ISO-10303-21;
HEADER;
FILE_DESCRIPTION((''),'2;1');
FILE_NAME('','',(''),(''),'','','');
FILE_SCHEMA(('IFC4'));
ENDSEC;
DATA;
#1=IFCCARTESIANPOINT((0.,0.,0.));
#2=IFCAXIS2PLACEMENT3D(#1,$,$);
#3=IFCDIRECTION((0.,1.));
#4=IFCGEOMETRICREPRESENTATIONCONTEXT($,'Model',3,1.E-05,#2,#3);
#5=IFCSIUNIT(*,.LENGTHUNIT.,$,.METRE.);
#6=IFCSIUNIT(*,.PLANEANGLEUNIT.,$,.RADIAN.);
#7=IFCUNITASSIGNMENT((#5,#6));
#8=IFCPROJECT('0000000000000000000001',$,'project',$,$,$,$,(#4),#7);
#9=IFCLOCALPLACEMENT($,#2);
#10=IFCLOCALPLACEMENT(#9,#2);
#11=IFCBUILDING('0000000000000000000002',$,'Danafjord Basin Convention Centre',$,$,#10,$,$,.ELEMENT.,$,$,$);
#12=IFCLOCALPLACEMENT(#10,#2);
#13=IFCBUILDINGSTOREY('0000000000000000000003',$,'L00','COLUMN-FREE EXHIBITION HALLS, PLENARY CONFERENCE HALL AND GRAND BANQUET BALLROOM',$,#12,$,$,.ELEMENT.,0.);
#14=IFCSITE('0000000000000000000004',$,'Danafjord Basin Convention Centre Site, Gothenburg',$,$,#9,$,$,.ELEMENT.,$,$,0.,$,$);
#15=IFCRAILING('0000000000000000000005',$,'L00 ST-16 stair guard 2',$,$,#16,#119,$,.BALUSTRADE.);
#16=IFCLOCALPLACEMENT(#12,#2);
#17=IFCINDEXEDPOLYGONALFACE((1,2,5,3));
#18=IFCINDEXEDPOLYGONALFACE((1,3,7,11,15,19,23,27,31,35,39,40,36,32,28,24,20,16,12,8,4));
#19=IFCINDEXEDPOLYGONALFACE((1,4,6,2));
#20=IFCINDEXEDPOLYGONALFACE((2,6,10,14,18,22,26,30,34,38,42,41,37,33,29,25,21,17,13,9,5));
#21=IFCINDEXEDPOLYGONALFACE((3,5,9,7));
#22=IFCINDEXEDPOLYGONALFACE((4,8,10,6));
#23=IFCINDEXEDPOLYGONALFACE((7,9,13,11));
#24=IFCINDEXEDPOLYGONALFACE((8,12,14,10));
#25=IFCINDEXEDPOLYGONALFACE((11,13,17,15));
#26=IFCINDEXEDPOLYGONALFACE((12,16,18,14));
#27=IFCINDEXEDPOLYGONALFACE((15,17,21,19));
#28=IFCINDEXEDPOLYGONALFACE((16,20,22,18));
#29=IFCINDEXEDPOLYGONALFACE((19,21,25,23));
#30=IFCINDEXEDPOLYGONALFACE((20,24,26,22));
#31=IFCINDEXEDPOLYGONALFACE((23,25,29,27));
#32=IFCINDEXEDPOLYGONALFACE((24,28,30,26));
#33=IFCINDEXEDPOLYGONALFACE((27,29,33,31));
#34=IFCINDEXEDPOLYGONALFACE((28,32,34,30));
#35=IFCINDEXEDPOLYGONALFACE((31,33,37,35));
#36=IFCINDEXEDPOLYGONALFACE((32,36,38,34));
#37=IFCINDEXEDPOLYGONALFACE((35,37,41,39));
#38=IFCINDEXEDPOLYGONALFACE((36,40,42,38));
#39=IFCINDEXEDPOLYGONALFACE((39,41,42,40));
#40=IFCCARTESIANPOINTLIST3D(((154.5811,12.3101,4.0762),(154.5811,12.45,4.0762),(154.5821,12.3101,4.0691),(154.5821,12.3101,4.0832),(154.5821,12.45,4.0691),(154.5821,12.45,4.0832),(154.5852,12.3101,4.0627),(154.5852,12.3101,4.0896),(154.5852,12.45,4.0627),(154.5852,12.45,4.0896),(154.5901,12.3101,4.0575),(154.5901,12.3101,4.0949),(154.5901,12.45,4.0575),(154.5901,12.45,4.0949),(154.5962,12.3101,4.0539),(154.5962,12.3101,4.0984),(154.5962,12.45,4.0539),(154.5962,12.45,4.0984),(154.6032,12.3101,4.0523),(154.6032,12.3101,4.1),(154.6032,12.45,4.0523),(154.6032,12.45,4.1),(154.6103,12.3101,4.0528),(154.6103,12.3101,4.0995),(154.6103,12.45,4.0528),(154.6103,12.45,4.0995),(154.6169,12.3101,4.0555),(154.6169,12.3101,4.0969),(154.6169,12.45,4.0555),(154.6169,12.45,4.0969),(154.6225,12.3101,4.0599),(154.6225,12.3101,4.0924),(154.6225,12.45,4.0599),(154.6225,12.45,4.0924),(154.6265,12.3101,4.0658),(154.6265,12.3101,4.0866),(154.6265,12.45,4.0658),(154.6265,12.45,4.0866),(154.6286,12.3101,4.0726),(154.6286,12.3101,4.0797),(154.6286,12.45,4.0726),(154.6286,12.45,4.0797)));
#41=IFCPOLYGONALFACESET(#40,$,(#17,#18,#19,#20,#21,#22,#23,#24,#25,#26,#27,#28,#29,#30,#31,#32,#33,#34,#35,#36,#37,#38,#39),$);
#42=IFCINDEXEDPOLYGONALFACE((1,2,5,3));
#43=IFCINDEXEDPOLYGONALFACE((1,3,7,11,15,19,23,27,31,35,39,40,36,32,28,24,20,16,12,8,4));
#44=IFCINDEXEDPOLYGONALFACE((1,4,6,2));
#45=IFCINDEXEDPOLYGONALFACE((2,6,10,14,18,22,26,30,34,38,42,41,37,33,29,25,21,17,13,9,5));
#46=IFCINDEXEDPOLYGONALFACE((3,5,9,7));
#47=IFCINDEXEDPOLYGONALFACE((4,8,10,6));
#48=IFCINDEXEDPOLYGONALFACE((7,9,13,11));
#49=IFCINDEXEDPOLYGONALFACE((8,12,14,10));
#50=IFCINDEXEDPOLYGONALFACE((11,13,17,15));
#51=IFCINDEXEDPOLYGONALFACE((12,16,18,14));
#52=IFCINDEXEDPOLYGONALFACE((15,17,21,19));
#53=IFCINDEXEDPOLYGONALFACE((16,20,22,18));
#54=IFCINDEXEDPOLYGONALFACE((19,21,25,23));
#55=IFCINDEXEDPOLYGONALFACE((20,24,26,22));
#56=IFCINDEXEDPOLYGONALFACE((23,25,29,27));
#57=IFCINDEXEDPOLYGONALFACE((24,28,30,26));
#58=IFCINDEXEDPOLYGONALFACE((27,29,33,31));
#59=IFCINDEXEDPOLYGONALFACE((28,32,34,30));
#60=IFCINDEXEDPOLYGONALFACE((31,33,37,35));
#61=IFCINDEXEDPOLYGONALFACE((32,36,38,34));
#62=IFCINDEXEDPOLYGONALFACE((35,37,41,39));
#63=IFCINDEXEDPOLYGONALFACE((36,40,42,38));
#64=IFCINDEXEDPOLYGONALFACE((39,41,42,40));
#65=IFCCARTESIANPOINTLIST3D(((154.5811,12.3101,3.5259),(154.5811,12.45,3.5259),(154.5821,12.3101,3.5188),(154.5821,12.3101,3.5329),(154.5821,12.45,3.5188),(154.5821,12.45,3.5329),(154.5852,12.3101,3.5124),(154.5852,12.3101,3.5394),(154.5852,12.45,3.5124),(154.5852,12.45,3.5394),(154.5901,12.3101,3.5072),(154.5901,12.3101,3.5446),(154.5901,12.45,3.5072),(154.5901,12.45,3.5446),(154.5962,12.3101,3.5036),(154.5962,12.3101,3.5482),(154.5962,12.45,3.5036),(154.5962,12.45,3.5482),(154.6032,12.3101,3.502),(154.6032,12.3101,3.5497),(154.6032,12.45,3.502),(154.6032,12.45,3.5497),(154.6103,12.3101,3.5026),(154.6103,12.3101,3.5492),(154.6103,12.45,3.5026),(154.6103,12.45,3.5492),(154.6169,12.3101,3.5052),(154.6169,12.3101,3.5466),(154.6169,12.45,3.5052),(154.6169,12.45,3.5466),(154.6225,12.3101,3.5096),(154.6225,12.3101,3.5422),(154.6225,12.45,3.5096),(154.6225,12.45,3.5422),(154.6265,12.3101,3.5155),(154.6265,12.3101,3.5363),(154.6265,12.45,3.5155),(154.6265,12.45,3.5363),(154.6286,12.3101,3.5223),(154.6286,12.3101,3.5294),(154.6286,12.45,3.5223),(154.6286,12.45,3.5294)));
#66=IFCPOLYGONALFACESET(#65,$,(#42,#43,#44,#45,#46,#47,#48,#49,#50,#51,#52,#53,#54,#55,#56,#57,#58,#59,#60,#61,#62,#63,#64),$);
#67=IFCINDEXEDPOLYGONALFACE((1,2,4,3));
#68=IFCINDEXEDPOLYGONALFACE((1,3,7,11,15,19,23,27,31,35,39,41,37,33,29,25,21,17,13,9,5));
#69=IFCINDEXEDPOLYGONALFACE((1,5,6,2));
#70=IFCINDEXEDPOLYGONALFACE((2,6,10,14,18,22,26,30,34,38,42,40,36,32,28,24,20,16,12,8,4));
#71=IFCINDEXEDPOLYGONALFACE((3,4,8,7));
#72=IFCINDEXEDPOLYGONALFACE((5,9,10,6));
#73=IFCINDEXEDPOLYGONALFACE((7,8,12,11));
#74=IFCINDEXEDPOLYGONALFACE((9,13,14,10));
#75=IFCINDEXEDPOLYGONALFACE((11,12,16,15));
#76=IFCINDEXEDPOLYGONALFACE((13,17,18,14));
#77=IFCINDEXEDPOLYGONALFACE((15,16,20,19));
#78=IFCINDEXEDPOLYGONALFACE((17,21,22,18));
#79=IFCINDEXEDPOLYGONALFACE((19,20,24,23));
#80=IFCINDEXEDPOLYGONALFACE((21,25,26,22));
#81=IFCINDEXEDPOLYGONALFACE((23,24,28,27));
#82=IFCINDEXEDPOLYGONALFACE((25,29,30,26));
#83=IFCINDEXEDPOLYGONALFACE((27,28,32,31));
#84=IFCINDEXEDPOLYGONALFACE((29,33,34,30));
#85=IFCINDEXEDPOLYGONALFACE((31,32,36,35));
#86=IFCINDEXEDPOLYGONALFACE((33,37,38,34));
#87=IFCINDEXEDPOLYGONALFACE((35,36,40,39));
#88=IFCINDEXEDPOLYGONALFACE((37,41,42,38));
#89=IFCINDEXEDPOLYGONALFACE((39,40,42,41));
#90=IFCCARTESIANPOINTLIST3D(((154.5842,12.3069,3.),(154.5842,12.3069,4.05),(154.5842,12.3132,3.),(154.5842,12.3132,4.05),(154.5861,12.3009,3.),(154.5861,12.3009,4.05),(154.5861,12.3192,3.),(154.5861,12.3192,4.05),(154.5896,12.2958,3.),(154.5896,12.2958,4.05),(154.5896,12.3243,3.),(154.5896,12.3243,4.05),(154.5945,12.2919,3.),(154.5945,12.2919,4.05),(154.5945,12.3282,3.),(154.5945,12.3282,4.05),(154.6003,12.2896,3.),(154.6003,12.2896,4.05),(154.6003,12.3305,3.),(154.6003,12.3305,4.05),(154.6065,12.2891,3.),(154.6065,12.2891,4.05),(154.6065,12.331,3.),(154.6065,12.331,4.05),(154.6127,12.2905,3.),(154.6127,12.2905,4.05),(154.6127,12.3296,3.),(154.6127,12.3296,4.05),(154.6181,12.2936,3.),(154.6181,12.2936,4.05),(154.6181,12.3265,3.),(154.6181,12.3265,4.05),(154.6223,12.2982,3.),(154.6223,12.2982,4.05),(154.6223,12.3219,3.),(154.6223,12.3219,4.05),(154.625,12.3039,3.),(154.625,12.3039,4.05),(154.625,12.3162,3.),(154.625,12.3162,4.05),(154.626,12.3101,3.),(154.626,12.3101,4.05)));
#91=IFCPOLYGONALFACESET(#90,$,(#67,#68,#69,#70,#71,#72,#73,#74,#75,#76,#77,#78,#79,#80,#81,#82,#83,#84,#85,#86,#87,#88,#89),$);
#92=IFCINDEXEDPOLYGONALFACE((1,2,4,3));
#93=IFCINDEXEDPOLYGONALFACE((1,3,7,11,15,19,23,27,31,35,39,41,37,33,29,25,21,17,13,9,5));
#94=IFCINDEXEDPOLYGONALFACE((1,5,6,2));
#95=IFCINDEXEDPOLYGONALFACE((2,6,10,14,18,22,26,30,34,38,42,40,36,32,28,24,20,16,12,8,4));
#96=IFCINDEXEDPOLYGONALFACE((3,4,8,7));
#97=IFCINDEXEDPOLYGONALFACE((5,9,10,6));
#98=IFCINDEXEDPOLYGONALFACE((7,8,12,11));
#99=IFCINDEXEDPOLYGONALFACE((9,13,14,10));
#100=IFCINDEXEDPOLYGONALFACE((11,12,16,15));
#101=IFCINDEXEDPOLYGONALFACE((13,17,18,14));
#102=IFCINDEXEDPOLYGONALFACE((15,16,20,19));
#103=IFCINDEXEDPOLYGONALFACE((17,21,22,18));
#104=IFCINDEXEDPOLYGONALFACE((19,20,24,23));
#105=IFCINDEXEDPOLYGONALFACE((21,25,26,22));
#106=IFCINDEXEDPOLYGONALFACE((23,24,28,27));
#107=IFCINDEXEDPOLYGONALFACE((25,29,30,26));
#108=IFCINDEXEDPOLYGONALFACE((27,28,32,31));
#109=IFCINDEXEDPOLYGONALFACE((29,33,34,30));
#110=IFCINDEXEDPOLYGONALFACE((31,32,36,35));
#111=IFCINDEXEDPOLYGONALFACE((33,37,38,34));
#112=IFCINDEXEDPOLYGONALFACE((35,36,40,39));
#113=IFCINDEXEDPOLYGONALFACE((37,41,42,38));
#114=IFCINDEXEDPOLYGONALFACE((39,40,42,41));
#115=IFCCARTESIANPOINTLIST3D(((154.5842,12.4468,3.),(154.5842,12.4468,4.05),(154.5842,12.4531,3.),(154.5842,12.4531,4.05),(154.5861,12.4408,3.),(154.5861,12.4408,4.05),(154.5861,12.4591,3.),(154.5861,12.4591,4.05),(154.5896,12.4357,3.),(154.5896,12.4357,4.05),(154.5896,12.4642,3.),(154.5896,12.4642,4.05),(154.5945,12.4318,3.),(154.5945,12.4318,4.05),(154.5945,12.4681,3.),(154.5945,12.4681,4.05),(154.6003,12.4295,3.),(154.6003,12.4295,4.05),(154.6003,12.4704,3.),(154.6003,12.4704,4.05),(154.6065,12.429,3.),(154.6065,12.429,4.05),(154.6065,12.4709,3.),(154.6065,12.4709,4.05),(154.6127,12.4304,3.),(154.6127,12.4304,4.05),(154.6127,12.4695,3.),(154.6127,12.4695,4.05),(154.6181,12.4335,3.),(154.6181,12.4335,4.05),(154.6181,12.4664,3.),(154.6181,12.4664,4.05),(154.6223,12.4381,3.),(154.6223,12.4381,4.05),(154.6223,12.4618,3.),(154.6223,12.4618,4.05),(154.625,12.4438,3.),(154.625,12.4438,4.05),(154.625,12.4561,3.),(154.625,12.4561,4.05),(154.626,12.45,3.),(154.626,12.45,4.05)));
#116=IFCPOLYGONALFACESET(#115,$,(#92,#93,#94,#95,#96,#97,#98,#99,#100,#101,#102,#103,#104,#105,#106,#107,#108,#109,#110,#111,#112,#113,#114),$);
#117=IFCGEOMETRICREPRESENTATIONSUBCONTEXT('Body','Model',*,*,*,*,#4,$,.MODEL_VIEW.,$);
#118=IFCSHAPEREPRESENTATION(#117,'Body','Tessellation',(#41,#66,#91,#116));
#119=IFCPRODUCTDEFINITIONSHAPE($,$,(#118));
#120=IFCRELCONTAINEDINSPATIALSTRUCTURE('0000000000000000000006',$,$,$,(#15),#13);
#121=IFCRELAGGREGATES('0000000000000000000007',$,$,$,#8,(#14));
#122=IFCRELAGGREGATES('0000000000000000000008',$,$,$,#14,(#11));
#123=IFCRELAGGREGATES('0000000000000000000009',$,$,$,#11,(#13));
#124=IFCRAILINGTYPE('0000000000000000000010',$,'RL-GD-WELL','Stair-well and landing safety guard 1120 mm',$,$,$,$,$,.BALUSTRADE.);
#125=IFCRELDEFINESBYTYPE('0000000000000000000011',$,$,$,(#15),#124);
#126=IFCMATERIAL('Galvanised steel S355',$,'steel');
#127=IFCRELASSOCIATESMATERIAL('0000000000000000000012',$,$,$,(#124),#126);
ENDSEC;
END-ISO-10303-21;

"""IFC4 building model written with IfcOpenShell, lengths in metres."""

from ifc_helpers import new_model, si_unit, direction, frame, origin, origin_2d, place, context, subcontext, project, spatial, circle, extrude, material, type_object, element, save


model = new_model("IFC4")

# Units and contexts
model_context = context("Model", 3, precision=1e-05, world=origin(), true_north=direction((0.0, 1.0)))
body_context = subcontext(model_context, "Body", "Model", "MODEL_VIEW")
ifc_project = project(units=[si_unit("LENGTHUNIT", "METRE"), si_unit("PLANEANGLEUNIT", "RADIAN")], contexts=[model_context])

# Site, building, storey
site_placement = place(None, origin())
site = spatial("IfcSite", under=ifc_project, at=site_placement, Name="Danafjord Basin Convention Centre Site, Gothenburg", CompositionType="ELEMENT", RefElevation=0.0)
building_placement = place(site_placement, origin())
building = spatial("IfcBuilding", under=site, at=building_placement, Name="Danafjord Basin Convention Centre", CompositionType="ELEMENT")
storey_placement = place(building_placement, origin())
storey = spatial("IfcBuildingStorey", under=building, at=storey_placement, Name="L00", Description="COLUMN-FREE EXHIBITION HALLS, PLENARY CONFERENCE HALL AND GRAND BANQUET BALLROOM", CompositionType="ELEMENT", Elevation=0.0)

# Railing
ifc_material_1 = material(Name="Galvanised steel S355", Category="steel")
railing_type_1 = type_object("IfcRailingType", Name="RL-GD-WELL", Description="Stair-well and landing safety guard 1120 mm", PredefinedType="BALUSTRADE", material=ifc_material_1)
railing_1_placement = place(storey_placement, frame((154.605, 12.3101, 3.0)))
element("IfcRailing", 1, at=railing_1_placement, inside=storey, type_object=railing_type_1, Name="L00 ST-16 stair guard 2", PredefinedType="BALUSTRADE", context=body_context, shape_type="SweptSolid", body=[
    extrude(circle(Radius=0.0239, at=origin_2d()), frame((0.0, 0.0, 1.0762), z_axis=(0.0, 1.0, 0.0), x_axis=(-1.0, 0.0, 0.0)), (0.0, 0.0, 1.0), 0.1399),
    extrude(circle(Radius=0.0239, at=origin_2d()), frame((0.0, 0.0, 0.5259), z_axis=(0.0, 1.0, 0.0), x_axis=(-1.0, 0.0, 0.0)), (0.0, 0.0, 1.0), 0.1399),
    extrude(circle(Radius=0.021, at=origin_2d()), origin(), (0.0, 0.0, 1.0), 1.05),
    extrude(circle(Radius=0.021, at=origin_2d()), frame((0.0, 0.1399, 0.0)), (0.0, 0.0, 1.0), 1.05),
])

save(model, "model.ifc")
